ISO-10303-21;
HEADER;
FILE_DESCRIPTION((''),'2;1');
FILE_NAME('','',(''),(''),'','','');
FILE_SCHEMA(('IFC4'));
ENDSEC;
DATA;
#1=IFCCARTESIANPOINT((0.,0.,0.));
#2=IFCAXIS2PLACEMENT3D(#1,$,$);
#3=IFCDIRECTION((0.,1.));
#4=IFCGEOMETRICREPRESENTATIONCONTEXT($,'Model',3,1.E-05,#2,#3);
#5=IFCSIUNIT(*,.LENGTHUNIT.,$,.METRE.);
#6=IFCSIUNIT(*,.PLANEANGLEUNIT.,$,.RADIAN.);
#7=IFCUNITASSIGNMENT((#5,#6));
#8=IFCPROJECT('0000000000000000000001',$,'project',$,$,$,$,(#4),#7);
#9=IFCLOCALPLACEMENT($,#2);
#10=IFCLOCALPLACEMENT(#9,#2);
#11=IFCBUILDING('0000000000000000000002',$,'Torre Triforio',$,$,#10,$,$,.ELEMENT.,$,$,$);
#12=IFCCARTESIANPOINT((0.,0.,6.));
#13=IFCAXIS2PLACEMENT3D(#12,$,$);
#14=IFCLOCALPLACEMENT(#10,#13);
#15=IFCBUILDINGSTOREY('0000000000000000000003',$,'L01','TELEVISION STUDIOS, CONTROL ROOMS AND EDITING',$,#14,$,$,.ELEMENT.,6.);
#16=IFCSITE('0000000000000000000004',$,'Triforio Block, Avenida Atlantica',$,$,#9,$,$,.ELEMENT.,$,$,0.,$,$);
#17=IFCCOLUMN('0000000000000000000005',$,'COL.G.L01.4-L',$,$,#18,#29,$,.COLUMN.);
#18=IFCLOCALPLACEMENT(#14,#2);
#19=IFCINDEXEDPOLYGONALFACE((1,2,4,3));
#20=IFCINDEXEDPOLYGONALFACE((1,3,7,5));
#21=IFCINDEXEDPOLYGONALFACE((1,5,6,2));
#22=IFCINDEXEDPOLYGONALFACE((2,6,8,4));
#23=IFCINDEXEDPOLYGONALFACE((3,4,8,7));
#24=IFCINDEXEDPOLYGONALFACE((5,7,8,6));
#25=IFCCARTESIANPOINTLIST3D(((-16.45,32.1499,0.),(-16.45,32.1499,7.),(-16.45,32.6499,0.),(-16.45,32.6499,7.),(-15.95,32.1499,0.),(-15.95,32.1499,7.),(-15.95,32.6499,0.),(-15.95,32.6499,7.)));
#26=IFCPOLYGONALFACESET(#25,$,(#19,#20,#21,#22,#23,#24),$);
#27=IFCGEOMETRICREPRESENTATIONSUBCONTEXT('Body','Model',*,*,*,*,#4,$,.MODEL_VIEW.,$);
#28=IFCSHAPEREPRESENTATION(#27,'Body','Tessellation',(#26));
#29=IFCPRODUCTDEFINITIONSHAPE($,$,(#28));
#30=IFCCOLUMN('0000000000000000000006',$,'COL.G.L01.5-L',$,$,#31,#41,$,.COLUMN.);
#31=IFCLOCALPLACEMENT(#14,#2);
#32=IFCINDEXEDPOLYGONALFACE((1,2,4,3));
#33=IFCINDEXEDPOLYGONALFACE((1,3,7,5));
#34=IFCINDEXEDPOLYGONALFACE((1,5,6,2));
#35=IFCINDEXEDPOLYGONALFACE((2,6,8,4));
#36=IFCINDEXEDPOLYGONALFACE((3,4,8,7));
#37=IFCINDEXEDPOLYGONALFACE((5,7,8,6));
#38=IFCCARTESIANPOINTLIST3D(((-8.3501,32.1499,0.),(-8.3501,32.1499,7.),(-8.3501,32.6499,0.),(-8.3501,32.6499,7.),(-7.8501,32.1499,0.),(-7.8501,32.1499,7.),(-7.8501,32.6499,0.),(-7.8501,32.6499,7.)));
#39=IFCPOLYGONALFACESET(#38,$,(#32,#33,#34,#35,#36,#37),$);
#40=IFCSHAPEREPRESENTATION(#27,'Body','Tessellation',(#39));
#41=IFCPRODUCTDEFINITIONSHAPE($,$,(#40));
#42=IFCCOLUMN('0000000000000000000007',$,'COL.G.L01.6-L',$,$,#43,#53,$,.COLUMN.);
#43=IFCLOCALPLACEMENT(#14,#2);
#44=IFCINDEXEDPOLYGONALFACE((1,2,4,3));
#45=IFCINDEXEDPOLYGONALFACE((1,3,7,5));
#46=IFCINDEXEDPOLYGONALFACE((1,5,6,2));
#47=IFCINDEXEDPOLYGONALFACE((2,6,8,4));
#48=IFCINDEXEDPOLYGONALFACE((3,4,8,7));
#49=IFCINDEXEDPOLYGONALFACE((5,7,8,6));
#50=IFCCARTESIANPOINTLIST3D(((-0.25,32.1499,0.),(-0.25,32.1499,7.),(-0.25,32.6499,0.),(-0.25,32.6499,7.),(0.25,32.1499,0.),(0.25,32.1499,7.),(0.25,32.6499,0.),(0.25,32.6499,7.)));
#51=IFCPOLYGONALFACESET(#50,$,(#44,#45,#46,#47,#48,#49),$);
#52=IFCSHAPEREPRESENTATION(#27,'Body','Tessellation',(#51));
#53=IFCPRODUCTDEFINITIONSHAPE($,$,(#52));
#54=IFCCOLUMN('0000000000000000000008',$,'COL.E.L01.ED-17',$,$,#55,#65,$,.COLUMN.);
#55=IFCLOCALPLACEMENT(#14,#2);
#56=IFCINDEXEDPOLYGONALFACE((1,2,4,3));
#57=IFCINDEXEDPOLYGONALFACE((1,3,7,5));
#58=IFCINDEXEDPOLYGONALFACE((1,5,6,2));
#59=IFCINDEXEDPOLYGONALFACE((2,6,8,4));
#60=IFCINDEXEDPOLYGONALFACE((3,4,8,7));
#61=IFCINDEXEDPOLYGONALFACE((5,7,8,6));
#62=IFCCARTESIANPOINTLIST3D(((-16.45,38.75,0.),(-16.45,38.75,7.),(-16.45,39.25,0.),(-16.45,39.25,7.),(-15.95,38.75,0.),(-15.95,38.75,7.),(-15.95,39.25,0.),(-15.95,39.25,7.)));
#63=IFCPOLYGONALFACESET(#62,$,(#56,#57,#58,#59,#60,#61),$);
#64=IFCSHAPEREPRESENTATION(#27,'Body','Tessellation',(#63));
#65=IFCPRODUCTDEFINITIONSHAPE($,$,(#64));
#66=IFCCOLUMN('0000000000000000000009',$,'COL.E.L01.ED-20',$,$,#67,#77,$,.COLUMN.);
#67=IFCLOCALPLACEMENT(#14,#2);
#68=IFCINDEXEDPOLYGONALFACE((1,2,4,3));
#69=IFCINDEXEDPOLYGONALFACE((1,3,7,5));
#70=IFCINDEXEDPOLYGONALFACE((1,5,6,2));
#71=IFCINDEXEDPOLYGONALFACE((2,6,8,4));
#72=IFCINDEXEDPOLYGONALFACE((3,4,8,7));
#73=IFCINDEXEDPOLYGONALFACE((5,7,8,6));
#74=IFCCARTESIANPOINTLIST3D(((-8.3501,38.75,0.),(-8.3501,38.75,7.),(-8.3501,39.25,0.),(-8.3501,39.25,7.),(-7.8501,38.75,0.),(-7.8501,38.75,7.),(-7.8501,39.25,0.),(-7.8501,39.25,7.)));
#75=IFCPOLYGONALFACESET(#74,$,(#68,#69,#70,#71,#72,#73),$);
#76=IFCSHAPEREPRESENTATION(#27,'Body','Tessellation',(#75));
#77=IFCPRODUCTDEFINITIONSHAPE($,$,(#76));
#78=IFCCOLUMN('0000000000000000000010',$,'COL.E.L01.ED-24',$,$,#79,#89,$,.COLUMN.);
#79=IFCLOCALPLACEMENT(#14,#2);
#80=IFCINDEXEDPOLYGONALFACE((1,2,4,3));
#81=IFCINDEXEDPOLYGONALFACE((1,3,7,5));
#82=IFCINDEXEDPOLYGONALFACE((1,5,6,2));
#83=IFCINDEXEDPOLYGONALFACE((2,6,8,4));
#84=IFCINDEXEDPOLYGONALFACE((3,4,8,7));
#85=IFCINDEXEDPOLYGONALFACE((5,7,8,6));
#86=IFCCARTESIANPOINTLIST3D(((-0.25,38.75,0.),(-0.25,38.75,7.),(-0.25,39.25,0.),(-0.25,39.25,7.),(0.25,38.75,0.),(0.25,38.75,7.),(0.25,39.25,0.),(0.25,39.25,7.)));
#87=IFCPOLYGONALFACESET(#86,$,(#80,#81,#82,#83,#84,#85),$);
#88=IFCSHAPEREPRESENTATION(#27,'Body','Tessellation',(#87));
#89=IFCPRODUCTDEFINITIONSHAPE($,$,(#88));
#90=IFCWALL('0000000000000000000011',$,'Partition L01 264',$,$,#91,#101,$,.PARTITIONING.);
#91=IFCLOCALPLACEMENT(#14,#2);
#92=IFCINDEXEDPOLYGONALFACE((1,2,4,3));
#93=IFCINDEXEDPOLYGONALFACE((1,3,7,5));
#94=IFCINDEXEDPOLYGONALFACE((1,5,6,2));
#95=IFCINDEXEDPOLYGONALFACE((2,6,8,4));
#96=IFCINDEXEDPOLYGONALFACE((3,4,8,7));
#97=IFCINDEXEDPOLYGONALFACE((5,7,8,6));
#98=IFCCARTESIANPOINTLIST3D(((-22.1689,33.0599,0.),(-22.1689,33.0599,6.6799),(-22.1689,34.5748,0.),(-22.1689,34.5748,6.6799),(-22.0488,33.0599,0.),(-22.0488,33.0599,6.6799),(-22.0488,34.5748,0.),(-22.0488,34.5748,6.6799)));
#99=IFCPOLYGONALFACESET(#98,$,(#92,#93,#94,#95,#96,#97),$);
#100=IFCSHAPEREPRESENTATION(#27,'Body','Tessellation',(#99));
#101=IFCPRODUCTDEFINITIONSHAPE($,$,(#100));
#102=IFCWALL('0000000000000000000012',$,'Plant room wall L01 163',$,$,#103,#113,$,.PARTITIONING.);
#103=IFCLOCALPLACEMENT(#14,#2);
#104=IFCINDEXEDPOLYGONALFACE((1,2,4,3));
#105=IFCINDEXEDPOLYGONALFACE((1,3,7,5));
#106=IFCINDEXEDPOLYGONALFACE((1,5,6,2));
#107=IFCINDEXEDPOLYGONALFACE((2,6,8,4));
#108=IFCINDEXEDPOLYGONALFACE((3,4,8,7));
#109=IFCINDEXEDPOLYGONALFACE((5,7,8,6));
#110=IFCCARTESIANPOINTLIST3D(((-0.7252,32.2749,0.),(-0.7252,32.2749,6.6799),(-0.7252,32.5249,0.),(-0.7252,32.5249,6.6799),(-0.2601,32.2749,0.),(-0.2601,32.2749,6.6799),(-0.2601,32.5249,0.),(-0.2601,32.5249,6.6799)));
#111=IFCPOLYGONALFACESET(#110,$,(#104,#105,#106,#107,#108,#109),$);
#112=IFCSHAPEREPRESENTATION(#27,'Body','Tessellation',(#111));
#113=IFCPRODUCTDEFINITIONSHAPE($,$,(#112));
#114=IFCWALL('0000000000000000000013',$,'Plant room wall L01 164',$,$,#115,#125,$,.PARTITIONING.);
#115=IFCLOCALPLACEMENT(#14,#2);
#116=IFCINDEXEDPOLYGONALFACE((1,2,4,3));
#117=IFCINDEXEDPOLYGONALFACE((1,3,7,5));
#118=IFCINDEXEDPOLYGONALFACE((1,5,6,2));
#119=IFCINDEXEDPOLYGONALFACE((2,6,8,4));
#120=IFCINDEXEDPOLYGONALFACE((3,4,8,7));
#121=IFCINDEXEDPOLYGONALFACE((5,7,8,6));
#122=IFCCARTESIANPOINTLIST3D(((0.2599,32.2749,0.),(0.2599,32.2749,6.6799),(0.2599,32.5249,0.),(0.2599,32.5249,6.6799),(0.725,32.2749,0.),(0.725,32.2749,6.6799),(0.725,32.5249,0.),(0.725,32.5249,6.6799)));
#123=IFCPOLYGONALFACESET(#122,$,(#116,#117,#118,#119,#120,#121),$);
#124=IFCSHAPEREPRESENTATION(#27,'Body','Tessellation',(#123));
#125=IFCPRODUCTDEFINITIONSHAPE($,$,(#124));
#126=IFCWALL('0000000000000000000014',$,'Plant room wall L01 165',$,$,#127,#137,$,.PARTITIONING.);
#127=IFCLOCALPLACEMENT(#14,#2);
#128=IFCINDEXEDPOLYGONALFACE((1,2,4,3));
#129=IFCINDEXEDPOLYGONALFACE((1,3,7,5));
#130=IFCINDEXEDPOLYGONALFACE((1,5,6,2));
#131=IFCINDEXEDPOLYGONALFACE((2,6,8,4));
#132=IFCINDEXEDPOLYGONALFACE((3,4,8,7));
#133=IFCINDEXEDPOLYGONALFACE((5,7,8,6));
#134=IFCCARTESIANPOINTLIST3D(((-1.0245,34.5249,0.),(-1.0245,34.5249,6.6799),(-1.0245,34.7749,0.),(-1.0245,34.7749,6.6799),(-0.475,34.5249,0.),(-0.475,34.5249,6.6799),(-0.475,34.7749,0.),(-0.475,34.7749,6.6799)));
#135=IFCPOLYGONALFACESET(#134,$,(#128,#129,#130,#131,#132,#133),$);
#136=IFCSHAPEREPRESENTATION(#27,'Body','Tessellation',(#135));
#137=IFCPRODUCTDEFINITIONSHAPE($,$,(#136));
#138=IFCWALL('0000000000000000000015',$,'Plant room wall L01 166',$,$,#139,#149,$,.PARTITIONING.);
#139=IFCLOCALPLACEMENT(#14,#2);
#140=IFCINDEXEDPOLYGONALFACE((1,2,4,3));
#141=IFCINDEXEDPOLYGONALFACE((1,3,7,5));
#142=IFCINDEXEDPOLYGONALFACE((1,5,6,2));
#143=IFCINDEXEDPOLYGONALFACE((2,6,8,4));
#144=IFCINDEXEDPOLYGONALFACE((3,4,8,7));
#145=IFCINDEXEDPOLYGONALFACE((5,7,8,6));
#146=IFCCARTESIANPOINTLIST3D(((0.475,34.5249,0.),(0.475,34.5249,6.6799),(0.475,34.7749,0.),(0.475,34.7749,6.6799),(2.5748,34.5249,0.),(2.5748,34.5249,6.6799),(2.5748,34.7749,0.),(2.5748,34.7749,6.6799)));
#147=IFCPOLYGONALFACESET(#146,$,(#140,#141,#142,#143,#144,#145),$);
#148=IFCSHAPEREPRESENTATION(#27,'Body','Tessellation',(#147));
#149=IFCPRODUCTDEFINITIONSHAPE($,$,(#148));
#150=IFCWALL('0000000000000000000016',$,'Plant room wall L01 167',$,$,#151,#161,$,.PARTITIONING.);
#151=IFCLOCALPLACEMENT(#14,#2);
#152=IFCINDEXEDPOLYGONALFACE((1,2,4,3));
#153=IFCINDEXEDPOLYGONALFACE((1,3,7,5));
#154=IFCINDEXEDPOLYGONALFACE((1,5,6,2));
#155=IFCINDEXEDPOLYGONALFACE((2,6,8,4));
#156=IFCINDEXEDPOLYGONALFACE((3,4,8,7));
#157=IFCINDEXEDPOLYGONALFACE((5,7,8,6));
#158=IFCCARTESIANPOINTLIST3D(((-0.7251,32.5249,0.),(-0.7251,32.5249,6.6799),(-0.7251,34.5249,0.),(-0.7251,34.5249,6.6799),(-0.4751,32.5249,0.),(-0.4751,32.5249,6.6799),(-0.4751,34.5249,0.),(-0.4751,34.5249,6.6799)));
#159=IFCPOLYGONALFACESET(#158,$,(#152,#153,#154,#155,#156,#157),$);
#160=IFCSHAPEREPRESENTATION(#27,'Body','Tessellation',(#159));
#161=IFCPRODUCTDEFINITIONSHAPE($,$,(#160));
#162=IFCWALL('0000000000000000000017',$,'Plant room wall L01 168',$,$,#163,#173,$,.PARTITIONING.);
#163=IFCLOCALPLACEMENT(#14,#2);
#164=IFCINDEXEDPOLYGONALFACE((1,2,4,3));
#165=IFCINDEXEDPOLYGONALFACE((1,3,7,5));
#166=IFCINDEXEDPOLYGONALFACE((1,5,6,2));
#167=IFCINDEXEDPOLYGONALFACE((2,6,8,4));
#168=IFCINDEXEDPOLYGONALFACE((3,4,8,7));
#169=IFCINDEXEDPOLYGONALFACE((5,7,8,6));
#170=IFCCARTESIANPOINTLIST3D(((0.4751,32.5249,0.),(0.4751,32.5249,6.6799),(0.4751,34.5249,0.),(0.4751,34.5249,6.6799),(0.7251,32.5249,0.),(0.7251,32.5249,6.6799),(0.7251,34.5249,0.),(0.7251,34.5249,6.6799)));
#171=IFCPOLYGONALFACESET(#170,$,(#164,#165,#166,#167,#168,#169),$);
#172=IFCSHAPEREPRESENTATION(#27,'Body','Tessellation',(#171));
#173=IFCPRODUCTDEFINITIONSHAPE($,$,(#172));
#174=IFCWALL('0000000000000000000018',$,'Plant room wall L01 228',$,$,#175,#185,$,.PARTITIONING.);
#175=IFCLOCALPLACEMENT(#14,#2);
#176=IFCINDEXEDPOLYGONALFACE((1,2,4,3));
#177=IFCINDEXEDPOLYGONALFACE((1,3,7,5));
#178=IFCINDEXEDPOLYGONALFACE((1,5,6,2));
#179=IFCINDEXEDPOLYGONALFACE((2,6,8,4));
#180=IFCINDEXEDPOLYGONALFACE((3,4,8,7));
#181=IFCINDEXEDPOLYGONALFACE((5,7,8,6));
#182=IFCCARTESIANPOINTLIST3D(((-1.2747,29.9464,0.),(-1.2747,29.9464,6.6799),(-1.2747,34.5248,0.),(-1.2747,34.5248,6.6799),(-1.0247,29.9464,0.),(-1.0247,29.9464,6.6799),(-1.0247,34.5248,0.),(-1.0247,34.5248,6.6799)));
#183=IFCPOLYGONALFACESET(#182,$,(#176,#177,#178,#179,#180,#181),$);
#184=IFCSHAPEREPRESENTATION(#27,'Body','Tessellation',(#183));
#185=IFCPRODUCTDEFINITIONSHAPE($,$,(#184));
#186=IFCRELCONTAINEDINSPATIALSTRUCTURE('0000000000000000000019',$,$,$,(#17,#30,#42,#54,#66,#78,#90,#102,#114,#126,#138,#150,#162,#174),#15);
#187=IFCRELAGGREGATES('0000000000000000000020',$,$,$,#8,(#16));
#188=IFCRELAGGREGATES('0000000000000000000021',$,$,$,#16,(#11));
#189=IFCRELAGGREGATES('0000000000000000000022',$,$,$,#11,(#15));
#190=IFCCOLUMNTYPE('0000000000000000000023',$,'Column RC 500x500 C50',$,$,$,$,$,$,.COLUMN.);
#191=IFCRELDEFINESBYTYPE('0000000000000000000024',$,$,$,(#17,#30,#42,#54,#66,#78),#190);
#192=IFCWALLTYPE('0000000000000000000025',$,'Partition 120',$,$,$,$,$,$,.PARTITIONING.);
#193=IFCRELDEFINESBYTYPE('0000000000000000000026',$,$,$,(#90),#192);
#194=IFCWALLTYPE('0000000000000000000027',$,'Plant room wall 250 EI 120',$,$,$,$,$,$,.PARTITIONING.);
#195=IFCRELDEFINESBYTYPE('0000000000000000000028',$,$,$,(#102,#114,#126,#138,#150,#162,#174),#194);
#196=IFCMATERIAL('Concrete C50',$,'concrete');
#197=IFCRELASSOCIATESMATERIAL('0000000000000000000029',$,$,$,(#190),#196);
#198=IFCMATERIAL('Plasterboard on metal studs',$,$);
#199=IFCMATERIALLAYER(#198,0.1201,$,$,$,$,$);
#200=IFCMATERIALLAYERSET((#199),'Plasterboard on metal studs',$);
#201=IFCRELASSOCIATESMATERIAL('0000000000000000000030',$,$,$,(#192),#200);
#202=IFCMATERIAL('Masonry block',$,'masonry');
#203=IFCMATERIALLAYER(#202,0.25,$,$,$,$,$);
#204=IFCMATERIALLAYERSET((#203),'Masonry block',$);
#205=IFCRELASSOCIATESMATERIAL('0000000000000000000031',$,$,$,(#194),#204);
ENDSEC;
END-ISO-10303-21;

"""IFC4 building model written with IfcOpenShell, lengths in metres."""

from ifc_helpers import new_model, si_unit, direction, frame, frame_2d, origin, origin_2d, place, context, subcontext, project, spatial, rectangle, extrude, material, layer, layer_set, material_profile, profile_set, type_object, element, save


model = new_model("IFC4")

# Units and contexts
model_context = context("Model", 3, precision=1e-05, world=origin(), true_north=direction((0.0, 1.0)))
body_context = subcontext(model_context, "Body", "Model", "MODEL_VIEW")
ifc_project = project(units=[si_unit("LENGTHUNIT", "METRE"), si_unit("PLANEANGLEUNIT", "RADIAN")], contexts=[model_context])

# Site, building, storey
site_placement = place(None, origin())
site = spatial("IfcSite", under=ifc_project, at=site_placement, Name="Triforio Block, Avenida Atlantica", CompositionType="ELEMENT", RefElevation=0.0)
building_placement = place(site_placement, origin())
building = spatial("IfcBuilding", under=site, at=building_placement, Name="Torre Triforio", CompositionType="ELEMENT")
storey_placement = place(building_placement, frame((0.0, 0.0, 6.0)))
storey = spatial("IfcBuildingStorey", under=building, at=storey_placement, Name="L01", Description="TELEVISION STUDIOS, CONTROL ROOMS AND EDITING", CompositionType="ELEMENT", Elevation=6.0)

# Columns
ifc_material_1 = material(Name="Concrete C50", Category="concrete")
ifc_material_profile = material_profile(ifc_material_1, rectangle(XDim=0.5, YDim=0.5, at=origin_2d()), Name="RC 500x500")
ifc_profile_set = profile_set([ifc_material_profile], Name="Concrete C50")
column_type = type_object("IfcColumnType", Name="Column RC 500x500 C50", PredefinedType="COLUMN", material=ifc_profile_set)
for number, where, z_axis, x_axis, name in (
    (1, (-16.2, 32.3999, 0.0), (0.0, 0.0, 1.0), (1.0, 0.0, 0.0), "COL.G.L01.4-L"),
    (2, (-8.1001, 32.3999, 0.0), (0.0, 0.0, 1.0), (1.0, 0.0, 0.0), "COL.G.L01.5-L"),
    (3, (0.0, 32.3999, 0.0), (0.0, 0.0, 1.0), (1.0, 0.0, 0.0), "COL.G.L01.6-L"),
    (4, (-16.2, 39.0, 0.0), (0.0, 0.0, 1.0), (1.0, 0.0, 0.0), "COL.E.L01.ED-17"),
    (5, (-8.1001, 39.0, 0.0), (0.0, 0.0, 1.0), (1.0, 0.0, 0.0), "COL.E.L01.ED-20"),
    (6, (0.0, 39.0, 0.0), (0.0, 0.0, 1.0), (1.0, 0.0, 0.0), "COL.E.L01.ED-24"),
):
    element("IfcColumn", number, at=place(storey_placement, frame(where, z_axis=z_axis, x_axis=x_axis)), inside=storey, type_object=column_type, Name=name, PredefinedType="COLUMN", context=body_context, shape_type="SweptSolid", body=[
        extrude(rectangle(XDim=0.5, YDim=0.5, at=origin_2d()), origin(), (0.0, 0.0, 1.0), 7.0),
    ])

# Walls
ifc_material_2 = material(Name="Plasterboard on metal studs")
ifc_layer_1 = layer(ifc_material_2, 0.1201)
ifc_layer_set_1 = layer_set([ifc_layer_1], Name="Plasterboard on metal studs")
wall_type_1 = type_object("IfcWallType", Name="Partition 120", PredefinedType="PARTITIONING", material=ifc_layer_set_1)
wall_1_placement = place(storey_placement, frame((-22.1089, 33.0601, 0.0), z_axis=(0.0, 0.0, 1.0), x_axis=(0.0, 1.0, 0.0)))
element("IfcWall", 7, at=wall_1_placement, inside=storey, type_object=wall_type_1, Name="Partition L01 264", PredefinedType="PARTITIONING", context=body_context, shape_type="SweptSolid", body=[
    extrude(rectangle(XDim=1.5149, YDim=0.1201, at=frame_2d((0.7573, 0.0))), origin(), (0.0, 0.0, 1.0), 6.6799),
])
ifc_material_3 = material(Name="Masonry block", Category="masonry")
ifc_layer_2 = layer(ifc_material_3, 0.25)
ifc_layer_set_2 = layer_set([ifc_layer_2], Name="Masonry block")
wall_type_2 = type_object("IfcWallType", Name="Plant room wall 250 EI 120", PredefinedType="PARTITIONING", material=ifc_layer_set_2)
for number, where, z_axis, x_axis, name in (
    (8, (-0.7251, 32.3999, 0.0), (0.0, 0.0, 1.0), (1.0, 0.0, 0.0), "Plant room wall L01 163"),
    (9, (0.26, 32.3999, 0.0), (0.0, 0.0, 1.0), (1.0, 0.0, 0.0), "Plant room wall L01 164"),
):
    element("IfcWall", number, at=place(storey_placement, frame(where, z_axis=z_axis, x_axis=x_axis)), inside=storey, type_object=wall_type_2, Name=name, PredefinedType="PARTITIONING", context=body_context, shape_type="SweptSolid", body=[
        extrude(rectangle(XDim=0.4651, YDim=0.25, at=frame_2d((0.2324, 0.0))), origin(), (0.0, 0.0, 1.0), 6.6799),
    ])
wall_2_placement = place(storey_placement, frame((-1.0247, 34.6499, 0.0), z_axis=(0.0, 0.0, 1.0), x_axis=(1.0, 0.0, 0.0)))
element("IfcWall", 10, at=wall_2_placement, inside=storey, type_object=wall_type_2, Name="Plant room wall L01 165", PredefinedType="PARTITIONING", context=body_context, shape_type="SweptSolid", body=[
    extrude(rectangle(XDim=0.5496, YDim=0.25, at=frame_2d((0.2749, 0.0))), origin(), (0.0, 0.0, 1.0), 6.6799),
])
wall_3_placement = place(storey_placement, frame((0.4751, 34.6499, 0.0), z_axis=(0.0, 0.0, 1.0), x_axis=(1.0, 0.0, 0.0)))
element("IfcWall", 11, at=wall_3_placement, inside=storey, type_object=wall_type_2, Name="Plant room wall L01 166", PredefinedType="PARTITIONING", context=body_context, shape_type="SweptSolid", body=[
    extrude(rectangle(XDim=2.0999, YDim=0.25, at=frame_2d((1.0498, 0.0))), origin(), (0.0, 0.0, 1.0), 6.6799),
])
for number, where, z_axis, x_axis, name in (
    (12, (-0.6001, 32.5249, 0.0), (0.0, 0.0, 1.0), (0.0, 1.0, 0.0), "Plant room wall L01 167"),
    (13, (0.6001, 32.5249, 0.0), (0.0, 0.0, 1.0), (0.0, 1.0, 0.0), "Plant room wall L01 168"),
):
    element("IfcWall", number, at=place(storey_placement, frame(where, z_axis=z_axis, x_axis=x_axis)), inside=storey, type_object=wall_type_2, Name=name, PredefinedType="PARTITIONING", context=body_context, shape_type="SweptSolid", body=[
        extrude(rectangle(XDim=2.0, YDim=0.25, at=frame_2d((1.0, 0.0))), origin(), (0.0, 0.0, 1.0), 6.6799),
    ])
wall_4_placement = place(storey_placement, frame((-1.1497, 29.9465, 0.0), z_axis=(0.0, 0.0, 1.0), x_axis=(0.0, 1.0, 0.0)))
element("IfcWall", 14, at=wall_4_placement, inside=storey, type_object=wall_type_2, Name="Plant room wall L01 228", PredefinedType="PARTITIONING", context=body_context, shape_type="SweptSolid", body=[
    extrude(rectangle(XDim=4.5784, YDim=0.25, at=frame_2d((2.2891, 0.0))), origin(), (0.0, 0.0, 1.0), 6.6799),
])

save(model, "model.ifc")
